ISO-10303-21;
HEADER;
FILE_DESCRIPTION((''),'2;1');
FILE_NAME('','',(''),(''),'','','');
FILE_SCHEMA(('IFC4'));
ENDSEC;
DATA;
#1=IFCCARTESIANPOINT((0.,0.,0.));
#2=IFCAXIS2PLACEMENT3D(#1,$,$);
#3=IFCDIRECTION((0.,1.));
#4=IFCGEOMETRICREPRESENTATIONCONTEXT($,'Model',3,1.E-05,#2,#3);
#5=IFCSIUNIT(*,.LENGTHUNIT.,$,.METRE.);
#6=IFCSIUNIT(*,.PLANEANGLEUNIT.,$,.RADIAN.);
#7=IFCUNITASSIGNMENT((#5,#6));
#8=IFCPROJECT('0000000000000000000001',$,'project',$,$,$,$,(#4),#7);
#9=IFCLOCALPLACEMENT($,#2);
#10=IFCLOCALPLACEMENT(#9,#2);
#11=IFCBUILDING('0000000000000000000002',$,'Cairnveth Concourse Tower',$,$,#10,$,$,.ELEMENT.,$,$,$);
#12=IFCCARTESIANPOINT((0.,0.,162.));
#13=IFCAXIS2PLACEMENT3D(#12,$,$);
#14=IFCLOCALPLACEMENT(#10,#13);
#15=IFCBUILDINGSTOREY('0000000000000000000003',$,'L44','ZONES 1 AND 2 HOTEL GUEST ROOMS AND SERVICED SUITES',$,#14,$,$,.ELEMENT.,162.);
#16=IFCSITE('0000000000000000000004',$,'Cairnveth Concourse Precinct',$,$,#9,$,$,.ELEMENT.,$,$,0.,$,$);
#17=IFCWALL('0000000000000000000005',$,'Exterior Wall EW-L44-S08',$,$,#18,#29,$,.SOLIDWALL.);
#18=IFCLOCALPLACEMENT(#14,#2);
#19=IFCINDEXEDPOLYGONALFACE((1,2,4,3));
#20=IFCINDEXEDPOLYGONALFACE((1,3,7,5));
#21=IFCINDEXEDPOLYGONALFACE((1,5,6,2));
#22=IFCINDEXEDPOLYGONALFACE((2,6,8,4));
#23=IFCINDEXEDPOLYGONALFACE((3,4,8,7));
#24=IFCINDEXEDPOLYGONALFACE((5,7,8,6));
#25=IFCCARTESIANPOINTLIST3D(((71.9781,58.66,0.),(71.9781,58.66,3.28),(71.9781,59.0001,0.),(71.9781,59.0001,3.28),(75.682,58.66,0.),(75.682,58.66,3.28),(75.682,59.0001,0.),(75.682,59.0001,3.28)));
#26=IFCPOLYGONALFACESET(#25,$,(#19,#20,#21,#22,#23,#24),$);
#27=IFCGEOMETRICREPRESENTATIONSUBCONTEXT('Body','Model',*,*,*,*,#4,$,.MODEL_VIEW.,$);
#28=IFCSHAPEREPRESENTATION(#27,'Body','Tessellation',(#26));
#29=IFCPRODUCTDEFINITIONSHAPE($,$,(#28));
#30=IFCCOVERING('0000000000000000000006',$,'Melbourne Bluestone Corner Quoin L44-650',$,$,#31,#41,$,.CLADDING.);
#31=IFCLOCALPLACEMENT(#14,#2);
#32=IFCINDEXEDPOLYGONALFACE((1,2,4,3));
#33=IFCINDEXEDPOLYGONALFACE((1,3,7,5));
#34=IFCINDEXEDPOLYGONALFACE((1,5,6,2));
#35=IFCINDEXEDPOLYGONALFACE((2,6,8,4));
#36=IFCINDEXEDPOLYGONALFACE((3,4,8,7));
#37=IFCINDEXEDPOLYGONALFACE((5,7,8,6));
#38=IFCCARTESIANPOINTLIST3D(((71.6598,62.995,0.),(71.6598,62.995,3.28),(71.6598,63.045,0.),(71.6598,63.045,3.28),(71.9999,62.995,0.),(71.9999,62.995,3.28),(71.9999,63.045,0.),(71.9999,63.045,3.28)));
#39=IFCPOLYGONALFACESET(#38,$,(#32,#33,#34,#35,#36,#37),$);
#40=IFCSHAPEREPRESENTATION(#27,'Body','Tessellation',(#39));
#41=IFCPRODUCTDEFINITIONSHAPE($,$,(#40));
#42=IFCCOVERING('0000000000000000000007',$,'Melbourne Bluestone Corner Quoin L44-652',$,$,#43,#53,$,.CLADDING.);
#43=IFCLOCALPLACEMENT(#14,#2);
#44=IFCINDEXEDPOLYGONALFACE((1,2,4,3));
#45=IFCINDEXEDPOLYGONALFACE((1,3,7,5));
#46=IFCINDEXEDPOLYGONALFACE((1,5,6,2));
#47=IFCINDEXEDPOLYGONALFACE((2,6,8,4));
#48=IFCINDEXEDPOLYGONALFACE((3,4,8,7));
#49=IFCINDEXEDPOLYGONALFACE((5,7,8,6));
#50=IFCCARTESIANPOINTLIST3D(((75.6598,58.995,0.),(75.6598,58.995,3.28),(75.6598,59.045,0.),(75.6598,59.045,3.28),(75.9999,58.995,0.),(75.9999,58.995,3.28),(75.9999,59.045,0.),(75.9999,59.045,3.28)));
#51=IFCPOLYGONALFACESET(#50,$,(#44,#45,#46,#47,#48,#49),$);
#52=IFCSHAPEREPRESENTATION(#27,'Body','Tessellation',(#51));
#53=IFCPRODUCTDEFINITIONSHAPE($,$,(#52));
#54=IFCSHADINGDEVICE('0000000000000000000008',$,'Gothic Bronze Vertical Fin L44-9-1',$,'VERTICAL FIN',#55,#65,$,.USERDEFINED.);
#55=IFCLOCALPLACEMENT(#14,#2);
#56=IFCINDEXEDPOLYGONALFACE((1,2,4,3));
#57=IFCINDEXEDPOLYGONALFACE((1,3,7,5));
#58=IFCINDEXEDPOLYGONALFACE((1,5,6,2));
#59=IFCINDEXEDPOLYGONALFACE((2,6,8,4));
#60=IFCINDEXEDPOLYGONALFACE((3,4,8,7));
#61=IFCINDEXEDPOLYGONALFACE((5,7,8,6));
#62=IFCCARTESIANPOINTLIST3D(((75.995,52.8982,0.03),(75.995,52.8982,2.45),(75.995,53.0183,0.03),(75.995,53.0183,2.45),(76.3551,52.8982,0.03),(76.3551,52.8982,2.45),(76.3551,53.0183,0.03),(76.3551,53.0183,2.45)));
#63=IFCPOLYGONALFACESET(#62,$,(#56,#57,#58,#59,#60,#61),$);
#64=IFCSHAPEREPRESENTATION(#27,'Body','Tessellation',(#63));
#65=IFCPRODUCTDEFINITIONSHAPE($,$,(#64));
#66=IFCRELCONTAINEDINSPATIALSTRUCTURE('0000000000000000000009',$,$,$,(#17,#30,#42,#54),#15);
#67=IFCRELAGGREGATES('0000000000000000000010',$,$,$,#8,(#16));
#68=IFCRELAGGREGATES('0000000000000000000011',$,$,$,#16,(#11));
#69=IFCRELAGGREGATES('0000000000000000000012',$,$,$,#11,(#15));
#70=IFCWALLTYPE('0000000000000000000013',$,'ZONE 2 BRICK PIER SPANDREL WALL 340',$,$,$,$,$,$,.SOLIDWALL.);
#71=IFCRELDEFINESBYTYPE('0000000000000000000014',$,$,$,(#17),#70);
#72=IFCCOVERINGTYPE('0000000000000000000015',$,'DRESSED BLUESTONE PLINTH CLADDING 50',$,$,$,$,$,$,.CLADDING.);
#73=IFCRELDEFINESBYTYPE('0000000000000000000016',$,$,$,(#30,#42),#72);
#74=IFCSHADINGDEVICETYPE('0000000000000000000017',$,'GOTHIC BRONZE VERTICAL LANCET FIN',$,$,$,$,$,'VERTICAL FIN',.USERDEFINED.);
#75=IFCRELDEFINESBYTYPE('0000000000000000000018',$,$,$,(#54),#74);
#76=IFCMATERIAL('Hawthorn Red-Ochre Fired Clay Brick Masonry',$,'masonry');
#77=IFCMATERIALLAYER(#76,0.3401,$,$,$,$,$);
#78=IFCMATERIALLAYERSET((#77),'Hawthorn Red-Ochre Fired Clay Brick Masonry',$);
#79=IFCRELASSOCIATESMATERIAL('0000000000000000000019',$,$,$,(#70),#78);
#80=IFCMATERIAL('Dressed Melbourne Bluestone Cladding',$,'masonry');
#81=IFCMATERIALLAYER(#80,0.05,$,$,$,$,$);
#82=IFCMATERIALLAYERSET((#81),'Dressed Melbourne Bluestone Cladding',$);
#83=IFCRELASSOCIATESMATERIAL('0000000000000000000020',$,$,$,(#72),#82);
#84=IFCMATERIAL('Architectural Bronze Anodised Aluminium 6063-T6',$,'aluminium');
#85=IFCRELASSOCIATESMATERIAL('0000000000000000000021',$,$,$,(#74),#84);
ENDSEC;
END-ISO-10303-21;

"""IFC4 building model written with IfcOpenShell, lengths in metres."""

from ifc_helpers import new_model, si_unit, direction, frame, frame_2d, origin, origin_2d, place, context, subcontext, project, spatial, rectangle, extrude, material, layer, layer_set, type_object, element, save


model = new_model("IFC4")

# Units and contexts
model_context = context("Model", 3, precision=1e-05, world=origin(), true_north=direction((0.0, 1.0)))
body_context = subcontext(model_context, "Body", "Model", "MODEL_VIEW")
ifc_project = project(units=[si_unit("LENGTHUNIT", "METRE"), si_unit("PLANEANGLEUNIT", "RADIAN")], contexts=[model_context])

# Site, building, storey
site_placement = place(None, origin())
site = spatial("IfcSite", under=ifc_project, at=site_placement, Name="Cairnveth Concourse Precinct", CompositionType="ELEMENT", RefElevation=0.0)
building_placement = place(site_placement, origin())
building = spatial("IfcBuilding", under=site, at=building_placement, Name="Cairnveth Concourse Tower", CompositionType="ELEMENT")
storey_placement = place(building_placement, frame((0.0, 0.0, 162.0)))
storey = spatial("IfcBuildingStorey", under=building, at=storey_placement, Name="L44", Description="ZONES 1 AND 2 HOTEL GUEST ROOMS AND SERVICED SUITES", CompositionType="ELEMENT", Elevation=162.0)

# Wall
ifc_material_1 = material(Name="Hawthorn Red-Ochre Fired Clay Brick Masonry", Category="masonry")
ifc_layer_1 = layer(ifc_material_1, 0.3401)
ifc_layer_set_1 = layer_set([ifc_layer_1], Name="Hawthorn Red-Ochre Fired Clay Brick Masonry")
wall_type = type_object("IfcWallType", Name="ZONE 2 BRICK PIER SPANDREL WALL 340", PredefinedType="SOLIDWALL", material=ifc_layer_set_1)
wall_1_placement = place(storey_placement, frame((71.978, 58.8301, 0.0), z_axis=(0.0, 0.0, 1.0), x_axis=(1.0, 0.0, 0.0)))
element("IfcWall", 1, at=wall_1_placement, inside=storey, type_object=wall_type, Name="Exterior Wall EW-L44-S08", PredefinedType="SOLIDWALL", context=body_context, shape_type="SweptSolid", body=[
    extrude(rectangle(XDim=3.7039, YDim=0.3401, at=frame_2d((1.8521, 0.0))), origin(), (0.0, 0.0, 1.0), 3.28),
])

# Coverings
ifc_material_2 = material(Name="Dressed Melbourne Bluestone Cladding", Category="masonry")
ifc_layer_2 = layer(ifc_material_2, 0.05)
ifc_layer_set_2 = layer_set([ifc_layer_2], Name="Dressed Melbourne Bluestone Cladding")
covering_type = type_object("IfcCoveringType", Name="DRESSED BLUESTONE PLINTH CLADDING 50", PredefinedType="CLADDING", material=ifc_layer_set_2)
for number, where, z_axis, x_axis, name in (
    (2, (71.6599, 63.02, 0.0), (0.0, 0.0, 1.0), (1.0, 0.0, 0.0), "Melbourne Bluestone Corner Quoin L44-650"),
    (3, (75.6599, 59.02, 0.0), (0.0, 0.0, 1.0), (1.0, 0.0, 0.0), "Melbourne Bluestone Corner Quoin L44-652"),
):
    element("IfcCovering", number, at=place(storey_placement, frame(where, z_axis=z_axis, x_axis=x_axis)), inside=storey, type_object=covering_type, Name=name, PredefinedType="CLADDING", context=body_context, shape_type="SweptSolid", body=[
        extrude(rectangle(XDim=0.3401, YDim=0.05, at=frame_2d((0.1699, 0.0))), origin(), (0.0, 0.0, 1.0), 3.28),
    ])

# Shading device
ifc_material_3 = material(Name="Architectural Bronze Anodised Aluminium 6063-T6", Category="aluminium")
shading_device_type = type_object("IfcShadingDeviceType", Name="GOTHIC BRONZE VERTICAL LANCET FIN", ElementType="VERTICAL FIN", PredefinedType="USERDEFINED", material=ifc_material_3)
shading_device_placement = place(storey_placement, frame((76.175, 52.9583, 0.03), z_axis=(0.0, 0.0, 1.0), x_axis=(0.0, 1.0, 0.0)))
element("IfcShadingDevice", 4, at=shading_device_placement, inside=storey, type_object=shading_device_type, Name="Gothic Bronze Vertical Fin L44-9-1", ObjectType="VERTICAL FIN", PredefinedType="USERDEFINED", context=body_context, shape_type="SweptSolid", body=[
    extrude(rectangle(XDim=0.1201, YDim=0.3601, at=origin_2d()), origin(), (0.0, 0.0, 1.0), 2.4199),
])

save(model, "model.ifc")
